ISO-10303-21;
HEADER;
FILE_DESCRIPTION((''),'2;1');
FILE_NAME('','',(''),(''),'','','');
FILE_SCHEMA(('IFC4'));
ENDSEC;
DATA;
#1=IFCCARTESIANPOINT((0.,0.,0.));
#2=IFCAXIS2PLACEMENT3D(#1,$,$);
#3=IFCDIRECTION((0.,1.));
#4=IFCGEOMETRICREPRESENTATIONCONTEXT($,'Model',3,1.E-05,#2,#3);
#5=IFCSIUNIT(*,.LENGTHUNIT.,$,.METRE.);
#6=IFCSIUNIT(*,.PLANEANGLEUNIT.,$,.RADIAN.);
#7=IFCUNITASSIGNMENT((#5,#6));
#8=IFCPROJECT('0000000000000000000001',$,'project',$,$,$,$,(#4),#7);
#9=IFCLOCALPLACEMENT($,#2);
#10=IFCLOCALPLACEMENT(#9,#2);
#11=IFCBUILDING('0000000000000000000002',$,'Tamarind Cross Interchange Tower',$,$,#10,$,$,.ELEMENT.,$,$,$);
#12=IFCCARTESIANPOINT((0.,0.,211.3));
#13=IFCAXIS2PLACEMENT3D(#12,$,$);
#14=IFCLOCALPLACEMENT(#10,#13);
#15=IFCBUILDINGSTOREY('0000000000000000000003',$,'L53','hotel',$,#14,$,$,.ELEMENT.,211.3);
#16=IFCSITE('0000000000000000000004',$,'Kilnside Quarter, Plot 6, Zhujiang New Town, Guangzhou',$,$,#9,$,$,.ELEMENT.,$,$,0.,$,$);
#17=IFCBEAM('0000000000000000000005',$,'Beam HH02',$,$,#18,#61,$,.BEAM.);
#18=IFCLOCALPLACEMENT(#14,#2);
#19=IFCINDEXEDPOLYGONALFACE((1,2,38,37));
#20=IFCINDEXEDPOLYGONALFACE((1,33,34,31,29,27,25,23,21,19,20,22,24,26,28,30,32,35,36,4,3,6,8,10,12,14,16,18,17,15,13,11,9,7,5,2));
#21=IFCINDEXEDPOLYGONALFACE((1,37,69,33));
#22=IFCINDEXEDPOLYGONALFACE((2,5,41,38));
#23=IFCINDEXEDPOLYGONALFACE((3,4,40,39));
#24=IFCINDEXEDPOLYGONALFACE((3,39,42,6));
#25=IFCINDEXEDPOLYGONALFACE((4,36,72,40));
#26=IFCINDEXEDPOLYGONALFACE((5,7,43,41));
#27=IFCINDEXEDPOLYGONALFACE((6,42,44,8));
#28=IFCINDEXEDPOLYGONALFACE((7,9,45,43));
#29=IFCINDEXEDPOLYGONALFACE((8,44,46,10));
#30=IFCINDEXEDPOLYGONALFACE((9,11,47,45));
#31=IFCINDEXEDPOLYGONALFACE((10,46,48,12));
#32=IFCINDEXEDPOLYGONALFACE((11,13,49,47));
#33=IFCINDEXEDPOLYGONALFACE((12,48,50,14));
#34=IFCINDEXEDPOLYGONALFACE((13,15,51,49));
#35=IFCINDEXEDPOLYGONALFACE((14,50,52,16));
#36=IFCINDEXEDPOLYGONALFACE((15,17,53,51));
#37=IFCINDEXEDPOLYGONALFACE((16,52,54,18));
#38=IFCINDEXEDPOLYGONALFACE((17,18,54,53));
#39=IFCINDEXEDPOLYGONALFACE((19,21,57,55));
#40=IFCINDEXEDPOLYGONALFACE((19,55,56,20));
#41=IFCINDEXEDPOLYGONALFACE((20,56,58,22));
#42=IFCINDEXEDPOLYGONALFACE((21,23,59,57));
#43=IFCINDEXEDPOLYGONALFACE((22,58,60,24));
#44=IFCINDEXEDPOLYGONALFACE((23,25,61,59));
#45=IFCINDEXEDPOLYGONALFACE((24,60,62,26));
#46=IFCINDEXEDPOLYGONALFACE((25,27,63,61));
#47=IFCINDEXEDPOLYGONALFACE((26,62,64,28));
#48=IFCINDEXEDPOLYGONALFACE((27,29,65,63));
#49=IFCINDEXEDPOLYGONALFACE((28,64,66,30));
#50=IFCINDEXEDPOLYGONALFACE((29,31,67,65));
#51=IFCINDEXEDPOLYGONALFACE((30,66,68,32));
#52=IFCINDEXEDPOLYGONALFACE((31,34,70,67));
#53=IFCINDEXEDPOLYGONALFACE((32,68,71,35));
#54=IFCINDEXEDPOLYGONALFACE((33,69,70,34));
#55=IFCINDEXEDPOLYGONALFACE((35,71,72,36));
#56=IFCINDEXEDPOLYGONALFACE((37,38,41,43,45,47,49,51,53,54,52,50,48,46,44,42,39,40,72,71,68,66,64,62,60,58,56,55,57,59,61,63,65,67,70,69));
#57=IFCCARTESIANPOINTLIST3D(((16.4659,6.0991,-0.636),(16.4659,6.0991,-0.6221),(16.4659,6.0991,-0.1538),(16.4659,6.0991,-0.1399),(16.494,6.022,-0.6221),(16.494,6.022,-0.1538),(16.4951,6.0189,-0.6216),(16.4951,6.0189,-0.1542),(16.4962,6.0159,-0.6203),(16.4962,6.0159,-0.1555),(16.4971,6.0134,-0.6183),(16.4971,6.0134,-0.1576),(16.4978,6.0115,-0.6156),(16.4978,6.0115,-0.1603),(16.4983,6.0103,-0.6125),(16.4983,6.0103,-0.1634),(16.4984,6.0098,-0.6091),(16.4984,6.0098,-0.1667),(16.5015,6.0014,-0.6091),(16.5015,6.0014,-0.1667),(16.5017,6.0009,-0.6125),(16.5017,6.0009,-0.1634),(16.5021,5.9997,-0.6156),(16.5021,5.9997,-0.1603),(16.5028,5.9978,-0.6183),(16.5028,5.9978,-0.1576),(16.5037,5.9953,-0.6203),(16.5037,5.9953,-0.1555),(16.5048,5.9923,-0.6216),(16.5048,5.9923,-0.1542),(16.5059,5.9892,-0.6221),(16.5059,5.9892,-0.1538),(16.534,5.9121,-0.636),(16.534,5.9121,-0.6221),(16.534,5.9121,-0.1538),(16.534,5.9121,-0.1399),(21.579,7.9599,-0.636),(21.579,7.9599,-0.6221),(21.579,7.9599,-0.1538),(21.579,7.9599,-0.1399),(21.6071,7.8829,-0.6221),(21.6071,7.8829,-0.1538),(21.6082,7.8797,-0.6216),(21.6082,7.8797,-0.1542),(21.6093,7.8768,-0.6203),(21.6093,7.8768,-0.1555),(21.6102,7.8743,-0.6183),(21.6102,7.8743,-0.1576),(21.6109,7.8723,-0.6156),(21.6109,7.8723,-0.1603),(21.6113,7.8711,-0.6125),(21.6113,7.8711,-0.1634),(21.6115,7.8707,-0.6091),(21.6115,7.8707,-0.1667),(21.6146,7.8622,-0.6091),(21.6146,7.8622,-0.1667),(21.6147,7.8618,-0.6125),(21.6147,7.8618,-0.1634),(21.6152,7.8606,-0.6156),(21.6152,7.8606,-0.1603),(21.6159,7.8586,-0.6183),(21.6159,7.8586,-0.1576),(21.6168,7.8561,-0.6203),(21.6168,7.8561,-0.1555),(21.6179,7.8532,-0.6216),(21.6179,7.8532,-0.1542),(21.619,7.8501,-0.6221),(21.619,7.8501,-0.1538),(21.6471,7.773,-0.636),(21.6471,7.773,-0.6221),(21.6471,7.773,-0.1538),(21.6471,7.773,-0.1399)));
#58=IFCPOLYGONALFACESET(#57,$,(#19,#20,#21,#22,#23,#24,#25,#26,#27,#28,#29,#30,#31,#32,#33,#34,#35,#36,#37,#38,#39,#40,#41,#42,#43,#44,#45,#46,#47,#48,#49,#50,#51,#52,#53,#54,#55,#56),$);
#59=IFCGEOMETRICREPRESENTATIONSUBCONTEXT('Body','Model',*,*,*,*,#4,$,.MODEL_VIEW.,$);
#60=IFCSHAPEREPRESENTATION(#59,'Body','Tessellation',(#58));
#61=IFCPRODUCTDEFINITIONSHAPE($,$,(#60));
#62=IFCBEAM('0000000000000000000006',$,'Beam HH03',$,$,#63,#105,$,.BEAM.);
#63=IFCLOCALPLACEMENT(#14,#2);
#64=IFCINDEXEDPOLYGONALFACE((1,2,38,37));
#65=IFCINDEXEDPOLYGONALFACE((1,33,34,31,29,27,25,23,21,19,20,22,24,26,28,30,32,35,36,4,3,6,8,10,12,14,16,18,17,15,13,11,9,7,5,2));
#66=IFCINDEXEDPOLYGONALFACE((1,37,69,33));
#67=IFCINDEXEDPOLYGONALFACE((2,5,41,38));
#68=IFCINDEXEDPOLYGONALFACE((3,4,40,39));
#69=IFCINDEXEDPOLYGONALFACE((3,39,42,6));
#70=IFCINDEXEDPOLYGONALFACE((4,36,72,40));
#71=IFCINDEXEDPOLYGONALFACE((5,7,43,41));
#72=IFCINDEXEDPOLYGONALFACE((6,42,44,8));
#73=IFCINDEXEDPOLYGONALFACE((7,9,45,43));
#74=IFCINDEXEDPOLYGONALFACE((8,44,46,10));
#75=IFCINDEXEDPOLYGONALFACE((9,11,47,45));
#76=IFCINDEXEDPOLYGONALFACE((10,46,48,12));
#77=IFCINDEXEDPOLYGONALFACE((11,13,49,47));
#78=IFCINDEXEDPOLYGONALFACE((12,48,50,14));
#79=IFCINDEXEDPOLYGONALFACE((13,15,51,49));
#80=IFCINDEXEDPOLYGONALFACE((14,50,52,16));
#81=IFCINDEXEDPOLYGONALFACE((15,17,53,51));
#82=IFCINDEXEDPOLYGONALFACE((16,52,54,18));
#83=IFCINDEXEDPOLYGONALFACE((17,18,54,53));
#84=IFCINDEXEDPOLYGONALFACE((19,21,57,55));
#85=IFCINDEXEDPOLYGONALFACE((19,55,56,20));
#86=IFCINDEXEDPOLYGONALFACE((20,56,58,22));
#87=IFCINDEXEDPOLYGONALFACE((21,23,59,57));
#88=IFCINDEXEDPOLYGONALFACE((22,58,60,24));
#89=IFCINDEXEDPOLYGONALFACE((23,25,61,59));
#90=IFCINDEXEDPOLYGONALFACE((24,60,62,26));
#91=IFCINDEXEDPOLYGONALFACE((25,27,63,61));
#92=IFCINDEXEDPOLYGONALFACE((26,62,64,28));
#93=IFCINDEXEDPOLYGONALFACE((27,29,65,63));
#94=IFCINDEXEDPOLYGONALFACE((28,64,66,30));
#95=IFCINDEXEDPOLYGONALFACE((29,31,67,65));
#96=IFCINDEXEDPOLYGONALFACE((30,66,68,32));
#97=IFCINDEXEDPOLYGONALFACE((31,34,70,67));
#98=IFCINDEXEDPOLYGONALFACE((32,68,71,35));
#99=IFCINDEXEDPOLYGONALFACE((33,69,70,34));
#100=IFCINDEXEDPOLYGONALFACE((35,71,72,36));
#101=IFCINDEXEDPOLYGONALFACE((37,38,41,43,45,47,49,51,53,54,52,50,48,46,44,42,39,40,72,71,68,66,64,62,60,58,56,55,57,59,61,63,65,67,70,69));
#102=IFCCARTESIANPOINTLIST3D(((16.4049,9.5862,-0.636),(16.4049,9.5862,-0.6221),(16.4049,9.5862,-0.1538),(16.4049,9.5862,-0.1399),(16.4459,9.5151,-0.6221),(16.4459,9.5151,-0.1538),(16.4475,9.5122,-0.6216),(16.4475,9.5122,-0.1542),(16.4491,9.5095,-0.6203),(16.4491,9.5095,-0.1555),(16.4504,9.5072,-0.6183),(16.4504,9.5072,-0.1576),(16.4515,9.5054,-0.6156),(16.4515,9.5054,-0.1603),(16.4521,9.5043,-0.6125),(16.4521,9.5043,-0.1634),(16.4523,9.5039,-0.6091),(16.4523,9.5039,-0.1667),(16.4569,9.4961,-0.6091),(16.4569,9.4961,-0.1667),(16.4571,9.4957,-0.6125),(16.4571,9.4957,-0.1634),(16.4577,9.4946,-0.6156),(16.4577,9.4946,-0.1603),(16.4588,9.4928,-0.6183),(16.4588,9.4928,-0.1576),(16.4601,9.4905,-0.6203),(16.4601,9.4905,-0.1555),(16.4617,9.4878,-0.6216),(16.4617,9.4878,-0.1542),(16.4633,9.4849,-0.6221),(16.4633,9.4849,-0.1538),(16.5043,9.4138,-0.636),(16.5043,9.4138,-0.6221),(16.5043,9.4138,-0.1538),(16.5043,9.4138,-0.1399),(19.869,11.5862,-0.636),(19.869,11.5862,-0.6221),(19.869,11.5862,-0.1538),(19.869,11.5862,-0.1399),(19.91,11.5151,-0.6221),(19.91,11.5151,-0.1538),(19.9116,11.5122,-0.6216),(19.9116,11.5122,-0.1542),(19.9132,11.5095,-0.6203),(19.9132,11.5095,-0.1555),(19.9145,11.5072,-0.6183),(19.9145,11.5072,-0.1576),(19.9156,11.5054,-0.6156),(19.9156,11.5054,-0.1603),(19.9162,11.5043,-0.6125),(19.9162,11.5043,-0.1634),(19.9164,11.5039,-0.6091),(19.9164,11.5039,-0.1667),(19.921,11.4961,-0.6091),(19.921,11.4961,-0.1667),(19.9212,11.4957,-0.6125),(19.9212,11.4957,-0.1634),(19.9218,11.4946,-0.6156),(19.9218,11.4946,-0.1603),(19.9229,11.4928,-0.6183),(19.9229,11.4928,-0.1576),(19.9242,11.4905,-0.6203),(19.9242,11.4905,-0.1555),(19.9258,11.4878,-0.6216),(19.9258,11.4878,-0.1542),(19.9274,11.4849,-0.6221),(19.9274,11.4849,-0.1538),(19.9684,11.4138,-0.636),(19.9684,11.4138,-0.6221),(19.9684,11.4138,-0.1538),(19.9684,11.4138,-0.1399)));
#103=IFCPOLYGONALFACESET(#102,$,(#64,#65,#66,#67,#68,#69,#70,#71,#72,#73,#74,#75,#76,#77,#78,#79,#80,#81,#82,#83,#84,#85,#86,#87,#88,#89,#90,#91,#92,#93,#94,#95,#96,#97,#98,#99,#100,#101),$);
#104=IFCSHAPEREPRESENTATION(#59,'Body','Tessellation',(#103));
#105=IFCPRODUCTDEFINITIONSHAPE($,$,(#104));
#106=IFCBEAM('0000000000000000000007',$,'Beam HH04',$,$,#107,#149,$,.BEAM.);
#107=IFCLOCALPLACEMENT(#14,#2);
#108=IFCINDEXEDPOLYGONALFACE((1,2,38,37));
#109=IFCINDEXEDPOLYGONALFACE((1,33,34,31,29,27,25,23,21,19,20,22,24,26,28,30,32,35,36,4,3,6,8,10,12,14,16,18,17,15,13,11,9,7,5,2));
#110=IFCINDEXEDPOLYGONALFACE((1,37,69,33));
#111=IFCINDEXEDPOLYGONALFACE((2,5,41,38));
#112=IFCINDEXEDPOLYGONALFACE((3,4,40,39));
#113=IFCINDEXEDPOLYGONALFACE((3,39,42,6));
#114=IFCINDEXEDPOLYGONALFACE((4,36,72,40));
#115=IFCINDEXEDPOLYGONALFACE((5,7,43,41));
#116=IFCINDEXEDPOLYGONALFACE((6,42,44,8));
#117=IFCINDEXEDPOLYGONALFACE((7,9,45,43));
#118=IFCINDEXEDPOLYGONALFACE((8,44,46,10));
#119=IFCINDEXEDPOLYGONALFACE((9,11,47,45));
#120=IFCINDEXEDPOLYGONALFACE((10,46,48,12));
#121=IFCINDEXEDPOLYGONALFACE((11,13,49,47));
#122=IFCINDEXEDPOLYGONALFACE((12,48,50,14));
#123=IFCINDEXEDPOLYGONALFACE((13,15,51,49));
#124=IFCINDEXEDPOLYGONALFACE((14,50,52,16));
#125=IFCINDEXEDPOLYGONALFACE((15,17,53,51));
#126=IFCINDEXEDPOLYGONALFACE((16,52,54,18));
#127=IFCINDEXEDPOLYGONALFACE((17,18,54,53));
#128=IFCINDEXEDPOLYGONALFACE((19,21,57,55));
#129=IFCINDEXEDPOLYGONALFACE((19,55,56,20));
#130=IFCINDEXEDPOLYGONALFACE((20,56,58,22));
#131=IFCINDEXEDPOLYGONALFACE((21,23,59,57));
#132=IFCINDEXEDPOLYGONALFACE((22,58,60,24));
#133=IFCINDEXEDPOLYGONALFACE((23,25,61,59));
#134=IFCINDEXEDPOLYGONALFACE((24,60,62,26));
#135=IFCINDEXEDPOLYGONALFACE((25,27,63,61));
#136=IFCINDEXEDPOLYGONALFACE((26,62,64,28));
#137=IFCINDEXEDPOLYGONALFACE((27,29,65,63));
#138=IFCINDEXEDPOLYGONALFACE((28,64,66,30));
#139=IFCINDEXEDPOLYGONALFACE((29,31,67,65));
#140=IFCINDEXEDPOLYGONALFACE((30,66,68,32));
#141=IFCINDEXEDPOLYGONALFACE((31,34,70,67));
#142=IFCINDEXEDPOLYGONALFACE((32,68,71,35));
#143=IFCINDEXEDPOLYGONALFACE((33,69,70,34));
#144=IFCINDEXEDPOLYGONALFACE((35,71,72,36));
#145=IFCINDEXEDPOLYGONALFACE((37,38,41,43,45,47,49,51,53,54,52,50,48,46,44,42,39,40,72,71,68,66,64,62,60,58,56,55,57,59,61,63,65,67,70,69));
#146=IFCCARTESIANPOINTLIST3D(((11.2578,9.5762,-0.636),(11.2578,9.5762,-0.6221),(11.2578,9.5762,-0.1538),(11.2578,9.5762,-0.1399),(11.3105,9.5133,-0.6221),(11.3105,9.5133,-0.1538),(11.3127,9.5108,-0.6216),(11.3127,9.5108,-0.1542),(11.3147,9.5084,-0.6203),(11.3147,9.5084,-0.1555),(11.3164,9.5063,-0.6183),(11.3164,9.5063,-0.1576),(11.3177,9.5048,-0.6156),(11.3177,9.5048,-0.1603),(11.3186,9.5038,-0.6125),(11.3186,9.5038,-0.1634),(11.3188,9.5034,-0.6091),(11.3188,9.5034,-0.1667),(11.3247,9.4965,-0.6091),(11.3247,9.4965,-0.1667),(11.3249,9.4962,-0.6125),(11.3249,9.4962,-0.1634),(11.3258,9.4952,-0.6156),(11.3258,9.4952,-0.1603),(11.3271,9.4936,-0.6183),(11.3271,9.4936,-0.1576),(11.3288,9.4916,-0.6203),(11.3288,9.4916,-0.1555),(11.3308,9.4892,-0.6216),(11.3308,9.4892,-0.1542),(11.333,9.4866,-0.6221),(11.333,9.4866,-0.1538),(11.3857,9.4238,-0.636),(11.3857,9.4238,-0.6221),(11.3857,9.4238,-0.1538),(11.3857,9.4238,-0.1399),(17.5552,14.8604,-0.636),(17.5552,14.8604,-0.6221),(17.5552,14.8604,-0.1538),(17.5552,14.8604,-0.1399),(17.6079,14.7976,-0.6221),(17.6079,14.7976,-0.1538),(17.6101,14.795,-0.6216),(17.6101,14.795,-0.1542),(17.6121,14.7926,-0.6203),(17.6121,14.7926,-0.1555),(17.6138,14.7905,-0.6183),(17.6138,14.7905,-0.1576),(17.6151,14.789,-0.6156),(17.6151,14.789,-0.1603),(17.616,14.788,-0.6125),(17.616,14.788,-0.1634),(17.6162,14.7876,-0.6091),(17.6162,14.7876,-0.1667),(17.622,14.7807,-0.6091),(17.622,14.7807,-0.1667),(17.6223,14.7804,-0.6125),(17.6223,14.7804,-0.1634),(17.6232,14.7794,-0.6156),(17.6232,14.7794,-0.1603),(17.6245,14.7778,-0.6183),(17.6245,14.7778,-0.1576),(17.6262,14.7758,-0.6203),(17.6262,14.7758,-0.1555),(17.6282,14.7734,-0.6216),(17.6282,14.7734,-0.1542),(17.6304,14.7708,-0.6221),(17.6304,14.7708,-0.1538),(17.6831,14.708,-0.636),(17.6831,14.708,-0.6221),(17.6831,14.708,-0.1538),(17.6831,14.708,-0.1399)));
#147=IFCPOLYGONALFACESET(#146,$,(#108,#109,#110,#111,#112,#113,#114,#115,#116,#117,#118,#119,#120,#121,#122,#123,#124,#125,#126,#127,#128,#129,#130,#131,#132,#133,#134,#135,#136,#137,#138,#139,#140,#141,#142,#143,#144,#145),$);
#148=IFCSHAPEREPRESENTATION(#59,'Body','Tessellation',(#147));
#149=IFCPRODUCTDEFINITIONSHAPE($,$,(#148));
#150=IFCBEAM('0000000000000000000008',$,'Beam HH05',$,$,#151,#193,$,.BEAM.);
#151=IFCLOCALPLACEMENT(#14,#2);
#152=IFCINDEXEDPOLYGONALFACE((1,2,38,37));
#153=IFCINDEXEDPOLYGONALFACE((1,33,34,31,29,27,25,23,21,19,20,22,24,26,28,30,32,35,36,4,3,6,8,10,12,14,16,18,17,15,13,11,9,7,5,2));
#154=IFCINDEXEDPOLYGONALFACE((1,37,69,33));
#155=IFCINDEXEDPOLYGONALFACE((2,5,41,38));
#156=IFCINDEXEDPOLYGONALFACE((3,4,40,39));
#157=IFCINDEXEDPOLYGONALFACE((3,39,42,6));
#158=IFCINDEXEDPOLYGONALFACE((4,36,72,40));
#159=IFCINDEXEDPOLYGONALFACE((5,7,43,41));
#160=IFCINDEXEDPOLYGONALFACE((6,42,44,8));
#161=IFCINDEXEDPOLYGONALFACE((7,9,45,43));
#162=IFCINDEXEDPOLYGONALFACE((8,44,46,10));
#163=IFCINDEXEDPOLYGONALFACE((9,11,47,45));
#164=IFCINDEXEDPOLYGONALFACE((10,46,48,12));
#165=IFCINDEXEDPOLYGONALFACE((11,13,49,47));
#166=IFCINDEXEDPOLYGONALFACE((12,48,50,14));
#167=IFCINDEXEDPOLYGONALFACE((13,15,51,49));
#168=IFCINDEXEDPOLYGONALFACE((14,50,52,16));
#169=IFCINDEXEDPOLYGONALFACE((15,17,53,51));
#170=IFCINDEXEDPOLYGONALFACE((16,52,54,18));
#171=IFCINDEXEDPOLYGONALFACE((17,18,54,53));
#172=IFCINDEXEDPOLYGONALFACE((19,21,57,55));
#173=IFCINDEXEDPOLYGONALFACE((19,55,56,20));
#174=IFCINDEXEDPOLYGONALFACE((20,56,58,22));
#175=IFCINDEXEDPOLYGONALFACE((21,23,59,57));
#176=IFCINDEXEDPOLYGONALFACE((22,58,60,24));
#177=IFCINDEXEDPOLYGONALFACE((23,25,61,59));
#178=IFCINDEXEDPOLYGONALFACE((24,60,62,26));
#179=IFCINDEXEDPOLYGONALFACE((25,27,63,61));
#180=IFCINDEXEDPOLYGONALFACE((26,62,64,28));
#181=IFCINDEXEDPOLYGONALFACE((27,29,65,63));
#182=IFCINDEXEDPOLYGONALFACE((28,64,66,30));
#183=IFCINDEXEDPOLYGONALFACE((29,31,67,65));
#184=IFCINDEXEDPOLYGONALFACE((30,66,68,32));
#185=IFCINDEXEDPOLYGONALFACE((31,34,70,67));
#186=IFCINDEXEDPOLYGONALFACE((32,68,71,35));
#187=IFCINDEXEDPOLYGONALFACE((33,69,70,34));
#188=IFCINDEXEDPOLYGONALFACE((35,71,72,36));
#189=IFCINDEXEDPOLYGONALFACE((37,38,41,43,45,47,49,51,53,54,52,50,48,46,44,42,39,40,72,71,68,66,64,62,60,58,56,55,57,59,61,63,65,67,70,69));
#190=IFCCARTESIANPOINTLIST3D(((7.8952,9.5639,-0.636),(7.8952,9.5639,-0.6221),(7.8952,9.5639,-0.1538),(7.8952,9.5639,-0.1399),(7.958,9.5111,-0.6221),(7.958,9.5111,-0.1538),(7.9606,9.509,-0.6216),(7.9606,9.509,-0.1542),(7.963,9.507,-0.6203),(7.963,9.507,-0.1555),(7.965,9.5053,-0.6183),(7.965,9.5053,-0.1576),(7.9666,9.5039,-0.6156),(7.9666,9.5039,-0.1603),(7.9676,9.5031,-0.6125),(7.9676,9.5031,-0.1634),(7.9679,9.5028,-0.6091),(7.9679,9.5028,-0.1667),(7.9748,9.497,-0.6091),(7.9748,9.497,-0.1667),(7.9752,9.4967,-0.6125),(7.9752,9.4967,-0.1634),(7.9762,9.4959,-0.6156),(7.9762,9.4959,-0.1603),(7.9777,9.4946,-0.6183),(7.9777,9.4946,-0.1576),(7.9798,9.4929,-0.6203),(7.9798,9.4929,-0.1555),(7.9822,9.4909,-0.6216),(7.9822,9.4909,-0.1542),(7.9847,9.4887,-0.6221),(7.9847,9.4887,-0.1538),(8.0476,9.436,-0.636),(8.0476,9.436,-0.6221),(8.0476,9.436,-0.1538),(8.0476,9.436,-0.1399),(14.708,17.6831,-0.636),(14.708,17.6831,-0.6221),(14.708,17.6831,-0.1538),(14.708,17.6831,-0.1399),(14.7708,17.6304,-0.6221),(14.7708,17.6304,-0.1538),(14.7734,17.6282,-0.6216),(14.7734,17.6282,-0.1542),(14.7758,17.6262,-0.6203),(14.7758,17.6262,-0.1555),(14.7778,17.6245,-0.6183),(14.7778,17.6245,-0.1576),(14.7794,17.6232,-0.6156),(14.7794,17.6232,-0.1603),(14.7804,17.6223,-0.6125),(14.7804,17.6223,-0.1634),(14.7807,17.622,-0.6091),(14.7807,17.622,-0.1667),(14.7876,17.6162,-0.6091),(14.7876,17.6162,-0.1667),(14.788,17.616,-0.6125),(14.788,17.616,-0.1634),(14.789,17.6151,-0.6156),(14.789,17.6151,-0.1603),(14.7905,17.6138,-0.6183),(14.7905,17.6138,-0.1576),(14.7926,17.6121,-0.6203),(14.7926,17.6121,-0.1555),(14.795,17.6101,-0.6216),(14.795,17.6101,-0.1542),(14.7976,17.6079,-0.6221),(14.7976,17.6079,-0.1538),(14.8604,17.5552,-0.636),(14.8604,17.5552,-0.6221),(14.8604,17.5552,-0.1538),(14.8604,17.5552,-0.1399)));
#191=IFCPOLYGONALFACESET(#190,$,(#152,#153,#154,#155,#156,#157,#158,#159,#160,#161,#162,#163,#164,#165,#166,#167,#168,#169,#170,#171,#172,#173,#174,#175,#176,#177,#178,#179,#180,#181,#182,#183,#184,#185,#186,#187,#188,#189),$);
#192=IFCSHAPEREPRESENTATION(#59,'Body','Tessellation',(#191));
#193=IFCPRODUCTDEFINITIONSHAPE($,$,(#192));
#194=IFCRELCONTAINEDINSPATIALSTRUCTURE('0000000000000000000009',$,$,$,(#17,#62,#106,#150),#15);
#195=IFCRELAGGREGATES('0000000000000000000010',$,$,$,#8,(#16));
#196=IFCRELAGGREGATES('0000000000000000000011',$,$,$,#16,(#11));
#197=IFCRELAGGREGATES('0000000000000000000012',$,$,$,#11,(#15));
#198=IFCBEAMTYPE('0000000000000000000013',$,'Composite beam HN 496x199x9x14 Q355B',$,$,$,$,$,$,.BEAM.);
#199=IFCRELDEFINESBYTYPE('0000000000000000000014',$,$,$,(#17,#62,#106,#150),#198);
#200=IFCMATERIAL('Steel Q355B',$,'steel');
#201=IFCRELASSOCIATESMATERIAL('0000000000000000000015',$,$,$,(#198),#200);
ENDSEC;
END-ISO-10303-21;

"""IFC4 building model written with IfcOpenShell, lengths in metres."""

from ifc_helpers import new_model, si_unit, direction, frame, origin, origin_2d, place, context, subcontext, project, spatial, i_section, extrude, material, material_profile, profile_set, type_object, element, save


model = new_model("IFC4")

# Units and contexts
model_context = context("Model", 3, precision=1e-05, world=origin(), true_north=direction((0.0, 1.0)))
body_context = subcontext(model_context, "Body", "Model", "MODEL_VIEW")
ifc_project = project(units=[si_unit("LENGTHUNIT", "METRE"), si_unit("PLANEANGLEUNIT", "RADIAN")], contexts=[model_context])

# Site, building, storey
site_placement = place(None, origin())
site = spatial("IfcSite", under=ifc_project, at=site_placement, Name="Kilnside Quarter, Plot 6, Zhujiang New Town, Guangzhou", CompositionType="ELEMENT", RefElevation=0.0)
building_placement = place(site_placement, origin())
building = spatial("IfcBuilding", under=site, at=building_placement, Name="Tamarind Cross Interchange Tower", CompositionType="ELEMENT")
storey_placement = place(building_placement, frame((0.0, 0.0, 211.3)))
storey = spatial("IfcBuildingStorey", under=building, at=storey_placement, Name="L53", Description="hotel", CompositionType="ELEMENT", Elevation=211.3)

# Beams
ifc_material_1 = material(Name="Steel Q355B", Category="steel")
ifc_material_profile_1 = material_profile(ifc_material_1, i_section(OverallWidth=0.199, OverallDepth=0.4961, WebThickness=0.009, FlangeThickness=0.0139, FilletRadius=0.0129, at=origin_2d()), Name="HN 496x199x9x14")
ifc_profile_set_1 = profile_set([ifc_material_profile_1], Name="Steel Q355B")
beam_type = type_object("IfcBeamType", Name="Composite beam HN 496x199x9x14 Q355B", PredefinedType="BEAM", material=ifc_profile_set_1)
beam_1_placement = place(storey_placement, frame((21.613, 7.8665, -0.3879), z_axis=(-0.939702, -0.341995, 0.0), x_axis=(0.341995, -0.939702, 0.0)))
element("IfcBeam", 1, at=beam_1_placement, inside=storey, type_object=beam_type, Name="Beam HH02", PredefinedType="BEAM", context=body_context, shape_type="SweptSolid", body=[
    extrude(i_section(OverallWidth=0.199, OverallDepth=0.4961, WebThickness=0.009, FlangeThickness=0.0139, FilletRadius=0.0129, at=origin_2d()), origin(), (0.0, 0.0, 1.0), 5.4412),
])
beam_2_placement = place(storey_placement, frame((19.9187, 11.5, -0.3879), z_axis=(-0.866026, -0.499999, 0.0), x_axis=(0.499999, -0.866026, 0.0)))
element("IfcBeam", 2, at=beam_2_placement, inside=storey, type_object=beam_type, Name="Beam HH03", PredefinedType="BEAM", context=body_context, shape_type="SweptSolid", body=[
    extrude(i_section(OverallWidth=0.199, OverallDepth=0.4961, WebThickness=0.009, FlangeThickness=0.0139, FilletRadius=0.0129, at=origin_2d()), origin(), (0.0, 0.0, 1.0), 4.0),
])
beam_3_placement = place(storey_placement, frame((17.6191, 14.7842, -0.3879), z_axis=(-0.766041, -0.642792, 0.0), x_axis=(0.642792, -0.766041, 0.0)))
element("IfcBeam", 3, at=beam_3_placement, inside=storey, type_object=beam_type, Name="Beam HH04", PredefinedType="BEAM", context=body_context, shape_type="SweptSolid", body=[
    extrude(i_section(OverallWidth=0.199, OverallDepth=0.4961, WebThickness=0.009, FlangeThickness=0.0139, FilletRadius=0.0129, at=origin_2d()), origin(), (0.0, 0.0, 1.0), 8.2207),
])
beam_4_placement = place(storey_placement, frame((14.7842, 17.6191, -0.3879), z_axis=(-0.642786, -0.766046, 0.0), x_axis=(0.766046, -0.642786, 0.0)))
element("IfcBeam", 4, at=beam_4_placement, inside=storey, type_object=beam_type, Name="Beam HH05", PredefinedType="BEAM", context=body_context, shape_type="SweptSolid", body=[
    extrude(i_section(OverallWidth=0.199, OverallDepth=0.4961, WebThickness=0.009, FlangeThickness=0.0139, FilletRadius=0.0129, at=origin_2d()), origin(), (0.0, 0.0, 1.0), 10.5989),
])

save(model, "model.ifc")
